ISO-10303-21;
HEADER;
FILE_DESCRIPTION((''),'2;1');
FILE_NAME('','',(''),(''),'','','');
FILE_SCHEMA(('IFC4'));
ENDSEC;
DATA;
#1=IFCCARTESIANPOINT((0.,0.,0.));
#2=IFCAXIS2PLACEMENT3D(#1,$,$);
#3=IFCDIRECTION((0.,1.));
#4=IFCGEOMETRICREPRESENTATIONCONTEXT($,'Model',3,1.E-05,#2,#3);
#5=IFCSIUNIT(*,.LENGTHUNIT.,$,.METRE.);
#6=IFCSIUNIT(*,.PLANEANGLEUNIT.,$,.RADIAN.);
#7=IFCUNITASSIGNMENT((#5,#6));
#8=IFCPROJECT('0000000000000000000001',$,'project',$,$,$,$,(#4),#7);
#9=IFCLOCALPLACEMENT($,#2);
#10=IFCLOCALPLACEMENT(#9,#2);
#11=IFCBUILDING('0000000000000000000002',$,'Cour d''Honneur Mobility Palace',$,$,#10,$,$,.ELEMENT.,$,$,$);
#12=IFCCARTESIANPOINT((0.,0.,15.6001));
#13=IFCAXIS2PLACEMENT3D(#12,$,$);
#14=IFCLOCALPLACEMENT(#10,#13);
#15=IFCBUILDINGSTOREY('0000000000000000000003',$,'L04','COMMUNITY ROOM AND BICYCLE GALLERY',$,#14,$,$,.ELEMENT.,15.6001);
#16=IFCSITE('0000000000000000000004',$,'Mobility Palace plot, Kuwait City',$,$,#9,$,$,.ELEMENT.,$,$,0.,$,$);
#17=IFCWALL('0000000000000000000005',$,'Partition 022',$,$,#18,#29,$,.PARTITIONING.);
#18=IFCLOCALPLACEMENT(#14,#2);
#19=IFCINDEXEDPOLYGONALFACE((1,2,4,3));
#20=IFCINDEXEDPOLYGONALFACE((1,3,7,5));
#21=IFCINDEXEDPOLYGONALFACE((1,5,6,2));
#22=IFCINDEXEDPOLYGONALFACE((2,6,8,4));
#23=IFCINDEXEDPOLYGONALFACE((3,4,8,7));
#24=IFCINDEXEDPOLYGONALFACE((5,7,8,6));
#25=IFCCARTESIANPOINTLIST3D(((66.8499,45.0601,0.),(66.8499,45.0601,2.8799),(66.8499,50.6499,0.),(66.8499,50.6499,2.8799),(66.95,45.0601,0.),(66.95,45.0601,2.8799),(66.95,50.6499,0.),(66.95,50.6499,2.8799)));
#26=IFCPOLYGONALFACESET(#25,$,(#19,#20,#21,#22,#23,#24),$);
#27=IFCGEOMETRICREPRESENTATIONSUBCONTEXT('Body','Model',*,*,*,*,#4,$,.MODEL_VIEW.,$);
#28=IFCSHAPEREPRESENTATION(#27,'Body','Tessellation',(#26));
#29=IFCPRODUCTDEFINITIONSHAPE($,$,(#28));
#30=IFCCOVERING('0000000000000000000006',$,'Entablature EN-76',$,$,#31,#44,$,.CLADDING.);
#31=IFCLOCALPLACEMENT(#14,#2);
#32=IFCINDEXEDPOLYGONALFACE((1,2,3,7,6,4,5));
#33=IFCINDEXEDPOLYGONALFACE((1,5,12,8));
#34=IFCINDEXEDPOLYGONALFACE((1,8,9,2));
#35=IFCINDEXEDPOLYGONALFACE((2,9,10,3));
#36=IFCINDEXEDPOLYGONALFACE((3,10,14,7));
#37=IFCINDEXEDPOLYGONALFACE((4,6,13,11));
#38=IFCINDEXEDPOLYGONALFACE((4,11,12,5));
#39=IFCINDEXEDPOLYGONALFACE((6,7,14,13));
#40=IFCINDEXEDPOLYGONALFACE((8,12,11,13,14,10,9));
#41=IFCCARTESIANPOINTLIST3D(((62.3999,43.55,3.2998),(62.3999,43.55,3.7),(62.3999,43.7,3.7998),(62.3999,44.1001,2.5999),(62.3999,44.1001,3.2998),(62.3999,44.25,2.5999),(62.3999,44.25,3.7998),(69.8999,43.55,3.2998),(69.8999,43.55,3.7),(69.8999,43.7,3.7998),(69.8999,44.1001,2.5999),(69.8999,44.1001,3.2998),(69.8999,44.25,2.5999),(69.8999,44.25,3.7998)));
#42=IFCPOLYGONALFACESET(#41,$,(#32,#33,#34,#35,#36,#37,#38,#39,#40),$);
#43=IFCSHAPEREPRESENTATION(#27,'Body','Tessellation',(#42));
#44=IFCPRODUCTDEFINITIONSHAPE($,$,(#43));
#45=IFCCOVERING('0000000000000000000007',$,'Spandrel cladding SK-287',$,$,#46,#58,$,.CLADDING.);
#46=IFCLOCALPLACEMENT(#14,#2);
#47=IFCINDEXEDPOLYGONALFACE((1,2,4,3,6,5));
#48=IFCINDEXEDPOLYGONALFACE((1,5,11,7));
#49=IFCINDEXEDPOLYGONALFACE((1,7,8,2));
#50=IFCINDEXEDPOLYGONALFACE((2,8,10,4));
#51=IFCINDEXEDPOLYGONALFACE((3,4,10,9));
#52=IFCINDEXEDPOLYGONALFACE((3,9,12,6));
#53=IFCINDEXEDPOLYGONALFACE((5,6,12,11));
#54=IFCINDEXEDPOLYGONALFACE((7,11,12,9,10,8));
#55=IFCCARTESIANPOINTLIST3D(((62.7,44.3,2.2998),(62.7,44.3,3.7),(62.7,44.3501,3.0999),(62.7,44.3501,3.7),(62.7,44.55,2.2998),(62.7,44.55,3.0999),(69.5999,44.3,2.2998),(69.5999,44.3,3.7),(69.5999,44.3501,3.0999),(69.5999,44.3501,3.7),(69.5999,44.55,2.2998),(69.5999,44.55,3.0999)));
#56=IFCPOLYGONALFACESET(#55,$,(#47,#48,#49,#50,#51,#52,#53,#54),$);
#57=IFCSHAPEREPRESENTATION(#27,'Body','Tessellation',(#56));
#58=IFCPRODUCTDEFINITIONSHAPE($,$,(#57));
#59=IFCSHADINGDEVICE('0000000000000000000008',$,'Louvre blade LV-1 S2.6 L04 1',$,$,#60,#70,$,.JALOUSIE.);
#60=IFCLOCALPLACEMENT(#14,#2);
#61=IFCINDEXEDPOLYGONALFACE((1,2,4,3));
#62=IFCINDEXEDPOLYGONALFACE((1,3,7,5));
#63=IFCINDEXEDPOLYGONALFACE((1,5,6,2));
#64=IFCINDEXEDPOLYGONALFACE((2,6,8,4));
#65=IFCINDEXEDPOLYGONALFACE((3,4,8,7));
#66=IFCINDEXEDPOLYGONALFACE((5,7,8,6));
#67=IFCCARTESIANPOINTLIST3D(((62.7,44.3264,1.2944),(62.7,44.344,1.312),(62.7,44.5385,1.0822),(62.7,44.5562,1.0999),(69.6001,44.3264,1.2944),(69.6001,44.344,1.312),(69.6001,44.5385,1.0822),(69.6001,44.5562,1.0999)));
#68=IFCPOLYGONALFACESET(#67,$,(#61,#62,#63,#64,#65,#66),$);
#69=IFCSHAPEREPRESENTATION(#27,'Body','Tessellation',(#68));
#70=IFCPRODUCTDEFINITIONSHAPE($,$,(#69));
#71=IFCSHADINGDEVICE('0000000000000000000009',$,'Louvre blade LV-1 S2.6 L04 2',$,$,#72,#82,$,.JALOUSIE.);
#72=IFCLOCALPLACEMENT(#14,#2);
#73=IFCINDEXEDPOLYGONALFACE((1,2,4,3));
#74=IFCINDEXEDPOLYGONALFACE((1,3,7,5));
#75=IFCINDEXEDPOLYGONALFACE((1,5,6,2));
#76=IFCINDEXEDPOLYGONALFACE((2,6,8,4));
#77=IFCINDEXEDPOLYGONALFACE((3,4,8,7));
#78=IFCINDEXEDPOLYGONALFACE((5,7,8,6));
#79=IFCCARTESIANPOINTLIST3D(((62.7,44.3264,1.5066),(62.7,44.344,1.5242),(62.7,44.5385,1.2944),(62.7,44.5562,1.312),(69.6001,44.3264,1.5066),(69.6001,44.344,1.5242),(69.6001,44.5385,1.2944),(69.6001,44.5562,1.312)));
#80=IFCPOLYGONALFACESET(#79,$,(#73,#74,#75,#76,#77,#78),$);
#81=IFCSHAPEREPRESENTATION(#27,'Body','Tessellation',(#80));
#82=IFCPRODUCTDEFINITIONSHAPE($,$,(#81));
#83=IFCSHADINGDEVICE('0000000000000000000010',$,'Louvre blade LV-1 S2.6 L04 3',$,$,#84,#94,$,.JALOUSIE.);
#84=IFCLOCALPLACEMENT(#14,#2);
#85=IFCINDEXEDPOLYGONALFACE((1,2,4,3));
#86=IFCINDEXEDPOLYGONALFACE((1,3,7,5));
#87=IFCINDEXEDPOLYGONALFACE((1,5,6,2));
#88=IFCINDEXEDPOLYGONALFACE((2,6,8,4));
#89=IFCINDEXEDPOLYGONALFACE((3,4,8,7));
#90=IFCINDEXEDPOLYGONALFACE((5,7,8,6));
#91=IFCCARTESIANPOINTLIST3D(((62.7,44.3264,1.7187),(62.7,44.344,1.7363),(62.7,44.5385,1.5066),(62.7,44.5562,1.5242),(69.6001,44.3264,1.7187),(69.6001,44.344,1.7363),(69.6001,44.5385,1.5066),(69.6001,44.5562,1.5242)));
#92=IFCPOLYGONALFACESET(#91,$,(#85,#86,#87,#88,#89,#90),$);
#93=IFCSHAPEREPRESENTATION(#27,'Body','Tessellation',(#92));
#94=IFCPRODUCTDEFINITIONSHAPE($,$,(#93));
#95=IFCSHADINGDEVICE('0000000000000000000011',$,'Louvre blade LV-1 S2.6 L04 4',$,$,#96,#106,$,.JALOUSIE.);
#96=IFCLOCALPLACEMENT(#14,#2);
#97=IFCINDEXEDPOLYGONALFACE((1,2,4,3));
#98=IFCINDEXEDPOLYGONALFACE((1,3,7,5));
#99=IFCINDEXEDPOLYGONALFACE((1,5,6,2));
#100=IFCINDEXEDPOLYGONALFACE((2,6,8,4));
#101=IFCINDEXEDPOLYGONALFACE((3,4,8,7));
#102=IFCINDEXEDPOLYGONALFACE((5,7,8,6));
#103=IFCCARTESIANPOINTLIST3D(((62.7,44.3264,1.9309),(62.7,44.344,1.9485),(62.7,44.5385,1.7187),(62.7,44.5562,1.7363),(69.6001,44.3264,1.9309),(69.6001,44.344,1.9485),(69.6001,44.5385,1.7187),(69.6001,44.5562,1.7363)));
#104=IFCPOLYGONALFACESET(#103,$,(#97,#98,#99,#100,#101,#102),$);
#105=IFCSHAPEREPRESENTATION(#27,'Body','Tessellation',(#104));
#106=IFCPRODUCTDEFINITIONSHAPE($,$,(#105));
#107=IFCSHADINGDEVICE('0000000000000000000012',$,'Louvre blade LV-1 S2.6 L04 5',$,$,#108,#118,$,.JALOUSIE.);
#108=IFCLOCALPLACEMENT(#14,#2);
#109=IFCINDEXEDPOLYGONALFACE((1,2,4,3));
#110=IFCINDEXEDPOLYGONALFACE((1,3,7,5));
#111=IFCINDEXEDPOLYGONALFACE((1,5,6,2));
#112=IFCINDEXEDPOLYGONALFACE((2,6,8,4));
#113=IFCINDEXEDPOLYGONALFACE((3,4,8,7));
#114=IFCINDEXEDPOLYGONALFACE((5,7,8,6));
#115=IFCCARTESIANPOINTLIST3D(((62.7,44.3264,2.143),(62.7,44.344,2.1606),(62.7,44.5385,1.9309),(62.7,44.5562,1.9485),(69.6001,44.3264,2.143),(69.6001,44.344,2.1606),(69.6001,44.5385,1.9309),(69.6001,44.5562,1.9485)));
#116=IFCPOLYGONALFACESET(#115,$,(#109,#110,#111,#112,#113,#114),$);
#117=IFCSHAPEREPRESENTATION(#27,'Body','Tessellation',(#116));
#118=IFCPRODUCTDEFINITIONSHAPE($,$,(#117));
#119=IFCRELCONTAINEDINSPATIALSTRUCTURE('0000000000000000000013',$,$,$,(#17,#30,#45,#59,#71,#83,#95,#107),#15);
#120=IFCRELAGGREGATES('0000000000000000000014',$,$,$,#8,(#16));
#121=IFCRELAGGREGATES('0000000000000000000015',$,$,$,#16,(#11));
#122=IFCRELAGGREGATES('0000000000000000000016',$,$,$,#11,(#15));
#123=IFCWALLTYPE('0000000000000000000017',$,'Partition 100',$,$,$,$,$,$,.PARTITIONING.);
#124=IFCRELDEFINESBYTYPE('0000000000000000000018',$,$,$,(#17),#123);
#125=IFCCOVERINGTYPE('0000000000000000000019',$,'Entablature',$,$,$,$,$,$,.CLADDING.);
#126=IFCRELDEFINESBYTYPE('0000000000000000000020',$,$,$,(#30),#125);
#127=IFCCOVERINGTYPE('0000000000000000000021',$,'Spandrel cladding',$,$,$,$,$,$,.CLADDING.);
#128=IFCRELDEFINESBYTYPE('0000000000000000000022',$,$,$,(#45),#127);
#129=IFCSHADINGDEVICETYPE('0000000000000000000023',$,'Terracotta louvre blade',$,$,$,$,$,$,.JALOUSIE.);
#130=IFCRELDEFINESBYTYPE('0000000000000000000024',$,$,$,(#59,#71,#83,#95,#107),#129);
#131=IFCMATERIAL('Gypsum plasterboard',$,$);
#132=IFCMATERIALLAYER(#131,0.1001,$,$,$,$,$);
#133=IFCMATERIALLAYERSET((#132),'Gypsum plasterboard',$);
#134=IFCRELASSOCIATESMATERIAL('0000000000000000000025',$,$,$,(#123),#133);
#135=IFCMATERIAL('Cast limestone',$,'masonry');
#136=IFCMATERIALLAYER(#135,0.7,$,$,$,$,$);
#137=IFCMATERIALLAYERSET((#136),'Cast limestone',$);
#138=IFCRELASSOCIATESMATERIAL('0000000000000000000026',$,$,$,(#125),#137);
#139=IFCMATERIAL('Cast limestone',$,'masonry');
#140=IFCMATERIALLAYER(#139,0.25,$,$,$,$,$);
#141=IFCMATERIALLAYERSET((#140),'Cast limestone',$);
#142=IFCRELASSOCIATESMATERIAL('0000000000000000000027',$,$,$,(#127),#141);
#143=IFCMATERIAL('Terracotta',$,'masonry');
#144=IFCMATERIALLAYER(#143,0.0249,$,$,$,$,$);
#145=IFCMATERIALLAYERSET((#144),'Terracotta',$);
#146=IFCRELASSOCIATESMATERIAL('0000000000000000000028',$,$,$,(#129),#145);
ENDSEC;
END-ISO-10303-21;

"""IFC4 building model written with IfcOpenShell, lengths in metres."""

from ifc_helpers import new_model, si_unit, direction, frame, frame_2d, origin, place, context, subcontext, project, spatial, polyline, rectangle, outline, extrude, material, layer, layer_set, type_object, element, save


model = new_model("IFC4")

# Units and contexts
model_context = context("Model", 3, precision=1e-05, world=origin(), true_north=direction((0.0, 1.0)))
body_context = subcontext(model_context, "Body", "Model", "MODEL_VIEW")
ifc_project = project(units=[si_unit("LENGTHUNIT", "METRE"), si_unit("PLANEANGLEUNIT", "RADIAN")], contexts=[model_context])

# Site, building, storey
site_placement = place(None, origin())
site = spatial("IfcSite", under=ifc_project, at=site_placement, Name="Mobility Palace plot, Kuwait City", CompositionType="ELEMENT", RefElevation=0.0)
building_placement = place(site_placement, origin())
building = spatial("IfcBuilding", under=site, at=building_placement, Name="Cour d'Honneur Mobility Palace", CompositionType="ELEMENT")
storey_placement = place(building_placement, frame((0.0, 0.0, 15.6001)))
storey = spatial("IfcBuildingStorey", under=building, at=storey_placement, Name="L04", Description="COMMUNITY ROOM AND BICYCLE GALLERY", CompositionType="ELEMENT", Elevation=15.6001)

# Wall
ifc_material_1 = material(Name="Gypsum plasterboard")
ifc_layer_1 = layer(ifc_material_1, 0.1001)
ifc_layer_set_1 = layer_set([ifc_layer_1], Name="Gypsum plasterboard")
wall_type = type_object("IfcWallType", Name="Partition 100", PredefinedType="PARTITIONING", material=ifc_layer_set_1)
wall_placement = place(storey_placement, frame((66.8999, 45.0601, 0.0), z_axis=(0.0, 0.0, 1.0), x_axis=(0.0, 1.0, 0.0)))
element("IfcWall", 1, at=wall_placement, inside=storey, type_object=wall_type, Name="Partition 022", PredefinedType="PARTITIONING", context=body_context, shape_type="SweptSolid", body=[
    extrude(rectangle(XDim=5.5898, YDim=0.1001, at=frame_2d((2.7949, 0.0))), origin(), (0.0, 0.0, 1.0), 2.8799),
])

# Coverings
ifc_material_2 = material(Name="Cast limestone", Category="masonry")
ifc_layer_2 = layer(ifc_material_2, 0.7)
ifc_layer_set_2 = layer_set([ifc_layer_2], Name="Cast limestone")
covering_type_1 = type_object("IfcCoveringType", Name="Entablature", PredefinedType="CLADDING", material=ifc_layer_set_2)
covering_1_placement = place(storey_placement, frame((62.3999, 44.25, 2.5999), z_axis=(-1.0, 0.0, 0.0), x_axis=(0.0, -1.0, 0.0)))
element("IfcCovering", 2, at=covering_1_placement, inside=storey, type_object=covering_type_1, Name="Entablature EN-76", PredefinedType="CLADDING", context=body_context, shape_type="SweptSolid", body=[
    extrude(outline(polyline([(0.0, 0.0), (0.1499, 0.0), (0.1499, 0.7), (0.7, 0.7), (0.7, 1.1001), (0.55, 1.2), (0.0, 1.2), (0.0, 0.0)])), origin(), (0.0, 0.0, -1.0), 7.5),
])
ifc_material_3 = material(Name="Cast limestone", Category="masonry")
ifc_layer_3 = layer(ifc_material_3, 0.25)
ifc_layer_set_3 = layer_set([ifc_layer_3], Name="Cast limestone")
covering_type_2 = type_object("IfcCoveringType", Name="Spandrel cladding", PredefinedType="CLADDING", material=ifc_layer_set_3)
covering_2_placement = place(storey_placement, frame((62.7, 44.55, 2.2998), z_axis=(-1.0, 0.0, 0.0), x_axis=(0.0, -1.0, 0.0)))
element("IfcCovering", 3, at=covering_2_placement, inside=storey, type_object=covering_type_2, Name="Spandrel cladding SK-287", PredefinedType="CLADDING", context=body_context, shape_type="SweptSolid", body=[
    extrude(outline(polyline([(0.0, 0.0), (0.25, 0.0), (0.25, 1.4001), (0.2, 1.4001), (0.2, 0.8), (0.0, 0.8), (0.0, 0.0)])), origin(), (0.0, 0.0, -1.0), 6.8999),
])

# Shading devices
ifc_material_4 = material(Name="Terracotta", Category="masonry")
ifc_layer_4 = layer(ifc_material_4, 0.0249)
ifc_layer_set_4 = layer_set([ifc_layer_4], Name="Terracotta")
shading_device_type = type_object("IfcShadingDeviceType", Name="Terracotta louvre blade", PredefinedType="JALOUSIE", material=ifc_layer_set_4)
for number, where, z_axis, x_axis, name in (
    (4, (62.7, 44.5562, 1.0999), (0.0, 0.707107, 0.707107), (1.0, 0.0, 0.0), "Louvre blade LV-1 S2.6 L04 1"),
    (5, (62.7, 44.5562, 1.312), (0.0, 0.707107, 0.707107), (1.0, 0.0, 0.0), "Louvre blade LV-1 S2.6 L04 2"),
    (6, (62.7, 44.5562, 1.5242), (0.0, 0.707107, 0.707107), (1.0, 0.0, 0.0), "Louvre blade LV-1 S2.6 L04 3"),
    (7, (62.7, 44.5562, 1.7363), (0.0, 0.707107, 0.707107), (1.0, 0.0, 0.0), "Louvre blade LV-1 S2.6 L04 4"),
    (8, (62.7, 44.5562, 1.9485), (0.0, 0.707107, 0.707107), (1.0, 0.0, 0.0), "Louvre blade LV-1 S2.6 L04 5"),
):
    element("IfcShadingDevice", number, at=place(storey_placement, frame(where, z_axis=z_axis, x_axis=x_axis)), inside=storey, type_object=shading_device_type, Name=name, PredefinedType="JALOUSIE", context=body_context, shape_type="SweptSolid", body=[
        extrude(outline(polyline([(0.0, 0.0), (6.9001, 0.0), (6.9001, -0.3), (0.0, -0.3), (0.0, 0.0)])), origin(), (0.0, 0.0, -1.0), 0.0249),
    ])

save(model, "model.ifc")
